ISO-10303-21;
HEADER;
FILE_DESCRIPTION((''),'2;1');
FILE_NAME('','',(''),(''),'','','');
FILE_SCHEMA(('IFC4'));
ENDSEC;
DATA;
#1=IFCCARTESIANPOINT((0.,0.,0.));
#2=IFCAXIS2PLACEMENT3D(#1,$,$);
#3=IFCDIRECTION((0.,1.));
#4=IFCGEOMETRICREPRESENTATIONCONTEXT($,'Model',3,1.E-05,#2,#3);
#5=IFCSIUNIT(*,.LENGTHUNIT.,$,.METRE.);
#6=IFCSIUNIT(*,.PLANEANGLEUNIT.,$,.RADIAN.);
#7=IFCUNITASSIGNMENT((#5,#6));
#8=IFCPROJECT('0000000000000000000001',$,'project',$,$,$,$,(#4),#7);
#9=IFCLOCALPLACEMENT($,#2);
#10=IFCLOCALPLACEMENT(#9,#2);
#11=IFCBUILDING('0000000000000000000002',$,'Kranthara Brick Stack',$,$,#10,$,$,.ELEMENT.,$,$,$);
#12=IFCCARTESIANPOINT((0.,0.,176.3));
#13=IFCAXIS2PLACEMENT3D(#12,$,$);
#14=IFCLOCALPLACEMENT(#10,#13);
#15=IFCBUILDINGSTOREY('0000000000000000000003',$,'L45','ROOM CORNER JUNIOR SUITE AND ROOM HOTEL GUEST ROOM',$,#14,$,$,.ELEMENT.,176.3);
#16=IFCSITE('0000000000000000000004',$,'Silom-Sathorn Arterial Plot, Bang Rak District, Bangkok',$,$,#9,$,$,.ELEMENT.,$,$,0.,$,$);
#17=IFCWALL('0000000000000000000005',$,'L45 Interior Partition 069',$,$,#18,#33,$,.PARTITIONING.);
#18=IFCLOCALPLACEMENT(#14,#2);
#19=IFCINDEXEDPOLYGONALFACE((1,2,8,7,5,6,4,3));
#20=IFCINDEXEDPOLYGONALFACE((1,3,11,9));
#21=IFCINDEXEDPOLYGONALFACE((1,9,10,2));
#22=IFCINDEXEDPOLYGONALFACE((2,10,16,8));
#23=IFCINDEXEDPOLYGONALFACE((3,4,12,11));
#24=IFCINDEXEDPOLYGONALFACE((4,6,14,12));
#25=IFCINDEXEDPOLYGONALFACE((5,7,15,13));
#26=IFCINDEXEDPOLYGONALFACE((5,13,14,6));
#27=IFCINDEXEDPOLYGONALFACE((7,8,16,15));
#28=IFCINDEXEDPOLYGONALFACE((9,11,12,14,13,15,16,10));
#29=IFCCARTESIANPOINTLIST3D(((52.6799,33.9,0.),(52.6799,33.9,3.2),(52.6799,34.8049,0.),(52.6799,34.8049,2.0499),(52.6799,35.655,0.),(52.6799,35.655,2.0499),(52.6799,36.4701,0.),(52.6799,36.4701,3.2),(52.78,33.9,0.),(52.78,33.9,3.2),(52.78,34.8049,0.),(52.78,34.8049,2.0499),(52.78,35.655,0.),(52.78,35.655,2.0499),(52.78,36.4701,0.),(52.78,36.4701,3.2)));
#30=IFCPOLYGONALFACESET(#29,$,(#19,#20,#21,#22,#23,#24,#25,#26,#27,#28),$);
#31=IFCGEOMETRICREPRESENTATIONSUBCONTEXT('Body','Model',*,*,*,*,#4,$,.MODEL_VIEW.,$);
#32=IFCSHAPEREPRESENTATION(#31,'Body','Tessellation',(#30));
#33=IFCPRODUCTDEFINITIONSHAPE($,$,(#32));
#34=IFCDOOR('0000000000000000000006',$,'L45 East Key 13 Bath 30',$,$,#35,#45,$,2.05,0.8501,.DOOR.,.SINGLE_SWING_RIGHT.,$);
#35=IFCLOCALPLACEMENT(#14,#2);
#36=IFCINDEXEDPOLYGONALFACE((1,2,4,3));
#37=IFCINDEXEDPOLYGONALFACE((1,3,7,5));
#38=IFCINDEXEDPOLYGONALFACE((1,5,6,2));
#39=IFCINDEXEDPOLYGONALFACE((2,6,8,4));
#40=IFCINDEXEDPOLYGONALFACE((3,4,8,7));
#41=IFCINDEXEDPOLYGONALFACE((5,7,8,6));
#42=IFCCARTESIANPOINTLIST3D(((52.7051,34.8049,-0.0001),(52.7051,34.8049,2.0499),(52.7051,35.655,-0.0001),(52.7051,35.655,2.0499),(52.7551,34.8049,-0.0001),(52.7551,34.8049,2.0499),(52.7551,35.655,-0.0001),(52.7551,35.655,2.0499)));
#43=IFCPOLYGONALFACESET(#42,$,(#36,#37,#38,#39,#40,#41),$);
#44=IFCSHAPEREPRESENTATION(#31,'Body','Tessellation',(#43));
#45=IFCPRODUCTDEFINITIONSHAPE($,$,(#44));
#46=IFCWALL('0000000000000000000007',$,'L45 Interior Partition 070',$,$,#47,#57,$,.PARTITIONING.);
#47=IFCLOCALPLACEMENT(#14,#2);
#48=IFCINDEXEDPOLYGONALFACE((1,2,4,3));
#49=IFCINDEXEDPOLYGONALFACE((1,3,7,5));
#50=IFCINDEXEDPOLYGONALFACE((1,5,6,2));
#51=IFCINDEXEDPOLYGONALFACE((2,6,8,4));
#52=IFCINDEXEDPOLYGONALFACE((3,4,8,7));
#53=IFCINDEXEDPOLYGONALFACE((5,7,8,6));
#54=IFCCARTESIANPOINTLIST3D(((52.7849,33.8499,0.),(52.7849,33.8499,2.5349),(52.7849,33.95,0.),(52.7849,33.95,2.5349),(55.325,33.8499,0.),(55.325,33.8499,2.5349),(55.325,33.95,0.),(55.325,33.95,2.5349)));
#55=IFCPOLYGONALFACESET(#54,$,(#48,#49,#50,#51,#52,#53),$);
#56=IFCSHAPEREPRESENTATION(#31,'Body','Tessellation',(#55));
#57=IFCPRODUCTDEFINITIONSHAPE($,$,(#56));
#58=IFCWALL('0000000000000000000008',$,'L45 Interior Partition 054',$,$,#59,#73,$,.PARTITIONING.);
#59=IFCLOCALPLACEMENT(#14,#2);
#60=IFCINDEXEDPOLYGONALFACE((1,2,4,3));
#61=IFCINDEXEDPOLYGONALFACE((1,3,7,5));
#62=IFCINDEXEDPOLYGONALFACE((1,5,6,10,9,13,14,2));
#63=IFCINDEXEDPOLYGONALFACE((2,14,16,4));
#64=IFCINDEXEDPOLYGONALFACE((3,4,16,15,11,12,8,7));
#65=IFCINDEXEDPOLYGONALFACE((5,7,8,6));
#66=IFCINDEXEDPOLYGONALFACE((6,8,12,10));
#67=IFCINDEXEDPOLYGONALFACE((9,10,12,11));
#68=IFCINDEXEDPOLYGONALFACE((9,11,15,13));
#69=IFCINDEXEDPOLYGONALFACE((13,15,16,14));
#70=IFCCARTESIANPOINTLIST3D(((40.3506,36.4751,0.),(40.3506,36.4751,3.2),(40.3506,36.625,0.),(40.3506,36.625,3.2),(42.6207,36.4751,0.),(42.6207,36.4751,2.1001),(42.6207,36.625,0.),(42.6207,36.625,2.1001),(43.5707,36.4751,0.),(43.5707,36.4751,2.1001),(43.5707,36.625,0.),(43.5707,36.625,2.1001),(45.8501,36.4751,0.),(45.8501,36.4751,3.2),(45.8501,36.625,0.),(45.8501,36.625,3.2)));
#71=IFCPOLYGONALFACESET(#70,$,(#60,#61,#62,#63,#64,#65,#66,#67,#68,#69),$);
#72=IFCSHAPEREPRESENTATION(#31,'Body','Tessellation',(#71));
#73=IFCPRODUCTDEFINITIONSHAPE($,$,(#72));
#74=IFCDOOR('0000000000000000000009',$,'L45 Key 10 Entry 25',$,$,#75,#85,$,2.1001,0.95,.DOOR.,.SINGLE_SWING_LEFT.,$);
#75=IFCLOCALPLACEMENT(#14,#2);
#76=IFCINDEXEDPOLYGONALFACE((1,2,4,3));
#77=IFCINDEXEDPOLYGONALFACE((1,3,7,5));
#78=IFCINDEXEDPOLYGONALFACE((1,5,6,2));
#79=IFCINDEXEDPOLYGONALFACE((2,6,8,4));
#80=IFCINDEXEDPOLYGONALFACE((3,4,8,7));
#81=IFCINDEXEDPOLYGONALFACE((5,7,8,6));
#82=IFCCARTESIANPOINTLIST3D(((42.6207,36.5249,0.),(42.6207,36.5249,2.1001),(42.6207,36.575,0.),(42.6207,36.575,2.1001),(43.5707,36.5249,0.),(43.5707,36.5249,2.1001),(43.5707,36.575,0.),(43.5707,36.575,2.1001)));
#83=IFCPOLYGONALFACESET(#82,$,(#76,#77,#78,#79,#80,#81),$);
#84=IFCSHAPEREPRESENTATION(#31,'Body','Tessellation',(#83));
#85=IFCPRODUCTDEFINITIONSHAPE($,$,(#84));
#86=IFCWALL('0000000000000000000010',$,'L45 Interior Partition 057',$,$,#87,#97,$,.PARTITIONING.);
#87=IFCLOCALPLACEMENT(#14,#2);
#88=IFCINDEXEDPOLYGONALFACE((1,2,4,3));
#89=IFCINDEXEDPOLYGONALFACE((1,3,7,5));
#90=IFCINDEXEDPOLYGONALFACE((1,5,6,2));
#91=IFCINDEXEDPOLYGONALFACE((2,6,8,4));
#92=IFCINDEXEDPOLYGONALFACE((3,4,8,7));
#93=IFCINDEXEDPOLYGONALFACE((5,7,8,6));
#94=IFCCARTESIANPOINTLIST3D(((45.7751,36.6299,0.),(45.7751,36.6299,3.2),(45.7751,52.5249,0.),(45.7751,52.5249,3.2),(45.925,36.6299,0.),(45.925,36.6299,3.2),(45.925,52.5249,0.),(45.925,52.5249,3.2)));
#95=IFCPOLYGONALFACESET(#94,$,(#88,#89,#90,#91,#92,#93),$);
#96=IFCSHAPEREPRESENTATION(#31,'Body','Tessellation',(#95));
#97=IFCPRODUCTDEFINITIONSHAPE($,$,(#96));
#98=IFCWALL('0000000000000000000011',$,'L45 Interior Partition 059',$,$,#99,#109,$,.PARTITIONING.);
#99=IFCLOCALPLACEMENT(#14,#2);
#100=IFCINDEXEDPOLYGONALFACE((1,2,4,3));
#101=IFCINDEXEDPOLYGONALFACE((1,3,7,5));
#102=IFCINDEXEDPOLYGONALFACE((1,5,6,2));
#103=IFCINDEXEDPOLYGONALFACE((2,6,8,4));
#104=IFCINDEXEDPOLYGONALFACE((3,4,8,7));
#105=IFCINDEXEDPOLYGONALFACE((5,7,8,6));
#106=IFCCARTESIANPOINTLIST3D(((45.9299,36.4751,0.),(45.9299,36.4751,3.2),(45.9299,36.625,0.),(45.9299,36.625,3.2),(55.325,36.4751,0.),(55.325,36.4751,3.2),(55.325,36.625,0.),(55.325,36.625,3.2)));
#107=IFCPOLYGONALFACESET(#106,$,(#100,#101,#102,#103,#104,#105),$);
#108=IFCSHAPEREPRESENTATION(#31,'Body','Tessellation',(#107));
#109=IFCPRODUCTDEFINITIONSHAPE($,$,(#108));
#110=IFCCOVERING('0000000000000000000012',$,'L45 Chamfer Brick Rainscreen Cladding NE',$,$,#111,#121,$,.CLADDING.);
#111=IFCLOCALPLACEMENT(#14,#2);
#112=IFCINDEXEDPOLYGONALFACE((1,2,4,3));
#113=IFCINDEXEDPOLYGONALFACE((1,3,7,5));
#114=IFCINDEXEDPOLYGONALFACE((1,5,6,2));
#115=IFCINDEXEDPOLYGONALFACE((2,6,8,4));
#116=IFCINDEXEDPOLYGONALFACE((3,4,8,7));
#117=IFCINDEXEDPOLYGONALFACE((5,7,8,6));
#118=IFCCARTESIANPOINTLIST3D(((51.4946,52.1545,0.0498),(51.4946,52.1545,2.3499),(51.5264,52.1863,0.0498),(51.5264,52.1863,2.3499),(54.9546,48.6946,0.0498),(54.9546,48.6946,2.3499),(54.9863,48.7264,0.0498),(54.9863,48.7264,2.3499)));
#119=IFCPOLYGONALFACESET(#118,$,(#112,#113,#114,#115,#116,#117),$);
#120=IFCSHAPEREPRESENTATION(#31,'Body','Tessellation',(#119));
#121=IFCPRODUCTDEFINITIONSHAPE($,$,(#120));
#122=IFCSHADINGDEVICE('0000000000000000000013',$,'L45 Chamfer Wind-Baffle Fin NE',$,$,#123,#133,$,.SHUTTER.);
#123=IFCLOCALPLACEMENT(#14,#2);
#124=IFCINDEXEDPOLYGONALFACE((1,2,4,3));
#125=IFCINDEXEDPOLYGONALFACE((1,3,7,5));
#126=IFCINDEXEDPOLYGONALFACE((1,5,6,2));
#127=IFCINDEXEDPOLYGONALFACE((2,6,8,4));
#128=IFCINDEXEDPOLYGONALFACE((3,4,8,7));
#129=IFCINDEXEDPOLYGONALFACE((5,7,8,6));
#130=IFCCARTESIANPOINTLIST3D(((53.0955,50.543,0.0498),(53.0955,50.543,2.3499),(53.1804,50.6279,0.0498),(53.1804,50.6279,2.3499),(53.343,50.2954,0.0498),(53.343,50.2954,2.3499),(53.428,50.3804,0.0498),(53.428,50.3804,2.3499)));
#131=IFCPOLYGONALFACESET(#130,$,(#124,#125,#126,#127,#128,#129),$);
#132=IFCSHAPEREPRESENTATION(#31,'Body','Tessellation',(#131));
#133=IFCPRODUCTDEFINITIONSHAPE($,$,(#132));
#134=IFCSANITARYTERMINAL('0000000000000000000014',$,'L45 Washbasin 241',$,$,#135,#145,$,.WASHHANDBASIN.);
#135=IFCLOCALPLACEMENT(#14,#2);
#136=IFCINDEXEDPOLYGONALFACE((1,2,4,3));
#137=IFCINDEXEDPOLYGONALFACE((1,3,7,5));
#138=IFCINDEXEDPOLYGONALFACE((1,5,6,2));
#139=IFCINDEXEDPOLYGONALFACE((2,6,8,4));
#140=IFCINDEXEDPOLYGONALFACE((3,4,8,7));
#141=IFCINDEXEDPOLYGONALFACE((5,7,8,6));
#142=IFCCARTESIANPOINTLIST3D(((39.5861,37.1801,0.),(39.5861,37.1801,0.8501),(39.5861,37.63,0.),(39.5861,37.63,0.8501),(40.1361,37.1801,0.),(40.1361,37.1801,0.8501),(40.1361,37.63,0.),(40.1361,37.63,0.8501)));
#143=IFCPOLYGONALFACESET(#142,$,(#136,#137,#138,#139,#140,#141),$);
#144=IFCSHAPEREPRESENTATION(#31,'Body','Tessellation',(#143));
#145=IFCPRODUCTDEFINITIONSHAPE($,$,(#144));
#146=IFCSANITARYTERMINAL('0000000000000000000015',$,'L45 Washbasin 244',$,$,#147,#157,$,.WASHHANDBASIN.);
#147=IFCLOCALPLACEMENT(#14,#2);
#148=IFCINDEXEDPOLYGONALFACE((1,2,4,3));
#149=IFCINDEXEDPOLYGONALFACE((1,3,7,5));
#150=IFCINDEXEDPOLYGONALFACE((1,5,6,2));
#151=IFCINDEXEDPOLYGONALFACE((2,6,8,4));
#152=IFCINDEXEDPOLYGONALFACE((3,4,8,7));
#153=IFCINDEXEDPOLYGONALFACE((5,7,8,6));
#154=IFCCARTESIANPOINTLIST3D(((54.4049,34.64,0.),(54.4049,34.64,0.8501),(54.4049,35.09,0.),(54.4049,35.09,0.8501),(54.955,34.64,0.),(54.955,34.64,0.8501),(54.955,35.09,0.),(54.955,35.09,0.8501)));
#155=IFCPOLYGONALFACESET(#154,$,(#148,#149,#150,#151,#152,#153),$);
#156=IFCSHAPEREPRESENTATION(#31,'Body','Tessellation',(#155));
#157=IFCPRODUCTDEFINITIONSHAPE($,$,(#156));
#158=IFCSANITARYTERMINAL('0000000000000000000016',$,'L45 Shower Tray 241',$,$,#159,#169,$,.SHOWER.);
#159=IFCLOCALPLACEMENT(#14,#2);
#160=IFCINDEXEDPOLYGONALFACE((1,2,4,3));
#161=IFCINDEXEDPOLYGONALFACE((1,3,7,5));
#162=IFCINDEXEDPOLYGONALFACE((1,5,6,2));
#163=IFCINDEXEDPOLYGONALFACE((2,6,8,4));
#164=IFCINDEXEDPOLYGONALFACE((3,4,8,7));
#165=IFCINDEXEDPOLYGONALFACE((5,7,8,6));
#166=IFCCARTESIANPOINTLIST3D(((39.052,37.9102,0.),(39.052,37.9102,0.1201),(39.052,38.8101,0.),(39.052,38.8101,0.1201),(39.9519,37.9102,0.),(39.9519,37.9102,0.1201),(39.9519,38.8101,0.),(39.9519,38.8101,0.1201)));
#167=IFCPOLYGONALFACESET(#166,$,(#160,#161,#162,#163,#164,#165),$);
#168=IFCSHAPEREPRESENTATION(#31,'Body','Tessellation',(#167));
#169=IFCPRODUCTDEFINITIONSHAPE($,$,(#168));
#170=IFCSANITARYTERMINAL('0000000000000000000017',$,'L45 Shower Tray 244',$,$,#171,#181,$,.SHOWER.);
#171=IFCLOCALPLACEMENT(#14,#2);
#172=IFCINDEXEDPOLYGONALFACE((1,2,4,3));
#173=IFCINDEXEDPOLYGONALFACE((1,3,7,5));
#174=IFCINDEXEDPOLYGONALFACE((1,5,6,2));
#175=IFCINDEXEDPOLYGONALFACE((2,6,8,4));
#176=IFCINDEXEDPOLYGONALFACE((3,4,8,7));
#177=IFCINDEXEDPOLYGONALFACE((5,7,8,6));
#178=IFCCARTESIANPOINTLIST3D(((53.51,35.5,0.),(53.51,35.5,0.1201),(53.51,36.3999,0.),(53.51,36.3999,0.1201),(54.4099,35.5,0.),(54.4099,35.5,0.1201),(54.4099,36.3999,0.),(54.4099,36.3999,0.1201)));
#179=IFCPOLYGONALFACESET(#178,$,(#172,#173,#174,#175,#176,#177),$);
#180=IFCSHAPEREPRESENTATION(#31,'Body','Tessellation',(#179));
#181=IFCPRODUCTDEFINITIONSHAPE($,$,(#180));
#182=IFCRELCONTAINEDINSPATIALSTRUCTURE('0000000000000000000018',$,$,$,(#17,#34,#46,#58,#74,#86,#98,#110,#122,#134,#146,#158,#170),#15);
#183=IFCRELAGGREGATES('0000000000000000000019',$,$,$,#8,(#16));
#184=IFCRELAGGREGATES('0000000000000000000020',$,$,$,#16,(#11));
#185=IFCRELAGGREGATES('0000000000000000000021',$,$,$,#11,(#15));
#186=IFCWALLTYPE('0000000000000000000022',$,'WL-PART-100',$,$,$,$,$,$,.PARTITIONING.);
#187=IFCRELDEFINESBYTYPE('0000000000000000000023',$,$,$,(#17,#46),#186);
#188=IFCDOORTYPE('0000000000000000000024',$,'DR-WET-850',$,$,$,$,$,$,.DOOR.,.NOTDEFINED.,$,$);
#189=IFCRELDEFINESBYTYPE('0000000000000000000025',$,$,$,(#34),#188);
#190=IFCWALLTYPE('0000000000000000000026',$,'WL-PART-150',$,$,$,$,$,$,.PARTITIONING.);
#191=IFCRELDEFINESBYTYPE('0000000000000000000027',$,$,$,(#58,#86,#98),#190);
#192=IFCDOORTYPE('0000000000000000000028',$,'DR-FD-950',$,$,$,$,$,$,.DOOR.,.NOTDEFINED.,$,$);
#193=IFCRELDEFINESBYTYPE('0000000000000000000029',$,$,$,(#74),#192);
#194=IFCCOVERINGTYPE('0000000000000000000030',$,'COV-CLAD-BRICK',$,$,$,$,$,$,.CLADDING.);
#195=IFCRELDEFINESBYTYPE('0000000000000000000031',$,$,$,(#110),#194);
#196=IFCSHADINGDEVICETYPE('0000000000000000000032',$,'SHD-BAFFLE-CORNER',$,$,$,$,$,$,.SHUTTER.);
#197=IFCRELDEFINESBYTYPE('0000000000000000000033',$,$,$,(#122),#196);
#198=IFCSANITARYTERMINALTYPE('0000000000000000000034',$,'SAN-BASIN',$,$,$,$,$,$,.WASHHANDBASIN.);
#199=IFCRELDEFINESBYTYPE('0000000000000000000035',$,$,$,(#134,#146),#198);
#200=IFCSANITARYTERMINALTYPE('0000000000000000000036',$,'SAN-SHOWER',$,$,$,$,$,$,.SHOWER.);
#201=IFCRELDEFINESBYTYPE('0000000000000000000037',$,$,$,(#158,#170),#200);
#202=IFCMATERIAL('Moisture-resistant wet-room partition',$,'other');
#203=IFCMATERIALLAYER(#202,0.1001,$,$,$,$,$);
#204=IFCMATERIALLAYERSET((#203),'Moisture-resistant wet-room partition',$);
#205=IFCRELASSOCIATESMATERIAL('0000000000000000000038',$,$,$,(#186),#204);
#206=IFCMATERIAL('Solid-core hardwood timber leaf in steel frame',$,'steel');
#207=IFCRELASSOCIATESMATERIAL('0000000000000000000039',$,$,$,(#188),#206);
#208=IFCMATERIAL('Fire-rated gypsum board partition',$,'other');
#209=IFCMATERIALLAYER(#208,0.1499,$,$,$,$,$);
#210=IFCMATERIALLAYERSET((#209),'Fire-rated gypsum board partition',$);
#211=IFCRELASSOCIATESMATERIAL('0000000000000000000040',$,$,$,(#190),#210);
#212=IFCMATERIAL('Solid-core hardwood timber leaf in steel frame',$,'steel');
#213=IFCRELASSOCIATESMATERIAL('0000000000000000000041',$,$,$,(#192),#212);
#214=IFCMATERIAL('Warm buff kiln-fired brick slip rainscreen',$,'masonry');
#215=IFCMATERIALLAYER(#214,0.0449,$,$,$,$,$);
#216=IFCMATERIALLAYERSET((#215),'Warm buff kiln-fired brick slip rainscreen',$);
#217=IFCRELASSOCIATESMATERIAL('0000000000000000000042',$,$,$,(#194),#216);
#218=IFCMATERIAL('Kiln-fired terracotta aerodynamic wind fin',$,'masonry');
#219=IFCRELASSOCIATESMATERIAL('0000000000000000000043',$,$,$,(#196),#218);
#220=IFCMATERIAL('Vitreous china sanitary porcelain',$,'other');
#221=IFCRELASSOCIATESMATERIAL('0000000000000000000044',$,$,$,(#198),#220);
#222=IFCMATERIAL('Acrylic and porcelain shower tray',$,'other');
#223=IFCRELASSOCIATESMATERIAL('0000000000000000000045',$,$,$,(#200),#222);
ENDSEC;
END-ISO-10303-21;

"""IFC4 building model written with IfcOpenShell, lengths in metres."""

from ifc_helpers import new_model, si_unit, direction, frame, frame_2d, origin, origin_2d, place, context, subcontext, project, spatial, rectangle, extrude, material, layer, layer_set, type_object, element, fill, save


model = new_model("IFC4")

# Units and contexts
model_context = context("Model", 3, precision=1e-05, world=origin(), true_north=direction((0.0, 1.0)))
body_context = subcontext(model_context, "Body", "Model", "MODEL_VIEW")
ifc_project = project(units=[si_unit("LENGTHUNIT", "METRE"), si_unit("PLANEANGLEUNIT", "RADIAN")], contexts=[model_context])

# Site, building, storey
site_placement = place(None, origin())
site = spatial("IfcSite", under=ifc_project, at=site_placement, Name="Silom-Sathorn Arterial Plot, Bang Rak District, Bangkok", CompositionType="ELEMENT", RefElevation=0.0)
building_placement = place(site_placement, origin())
building = spatial("IfcBuilding", under=site, at=building_placement, Name="Kranthara Brick Stack", CompositionType="ELEMENT")
storey_placement = place(building_placement, frame((0.0, 0.0, 176.3)))
storey = spatial("IfcBuildingStorey", under=building, at=storey_placement, Name="L45", Description="ROOM CORNER JUNIOR SUITE AND ROOM HOTEL GUEST ROOM", CompositionType="ELEMENT", Elevation=176.3)

# Wall, opening, door
ifc_material_1 = material(Name="Moisture-resistant wet-room partition", Category="other")
ifc_layer_1 = layer(ifc_material_1, 0.1001)
ifc_layer_set_1 = layer_set([ifc_layer_1], Name="Moisture-resistant wet-room partition")
wall_type_1 = type_object("IfcWallType", Name="WL-PART-100", PredefinedType="PARTITIONING", material=ifc_layer_set_1)
ifc_material_2 = material(Name="Solid-core hardwood timber leaf in steel frame", Category="steel")
door_type_1 = type_object("IfcDoorType", Name="DR-WET-850", OperationType="NOTDEFINED", PredefinedType="DOOR", material=ifc_material_2)
wall_1_placement = place(storey_placement, frame((52.73, 33.8999, 0.0), z_axis=(0.0, 0.0, 1.0), x_axis=(0.0, 1.0, 0.0)))
wall_1 = element("IfcWall", 1, at=wall_1_placement, inside=storey, type_object=wall_type_1, Name="L45 Interior Partition 069", PredefinedType="PARTITIONING", context=body_context, shape_type="SweptSolid", body=[
    extrude(rectangle(XDim=2.5701, YDim=0.1001, at=frame_2d((1.2852, 0.0))), origin(), (0.0, 0.0, 1.0), 3.2),
])
opening_1_placement = place(wall_1_placement, frame((0.905, 0.0, 0.0)))
opening_1 = element("IfcOpeningElement", 2, at=opening_1_placement, cuts=wall_1, PredefinedType="OPENING", context=body_context, shape_type="SweptSolid", body=[
    extrude(rectangle(XDim=0.8501, YDim=2.05, at=frame_2d((0.425, 1.0249))), frame((0.0, 0.0601, 0.0), z_axis=(0.0, -1.0, 0.0), x_axis=(1.0, 0.0, 0.0)), (0.0, 0.0, 1.0), 0.1201),
])
door_1_placement = place(opening_1_placement, origin())
door_1 = element("IfcDoor", 3, at=door_1_placement, inside=storey, type_object=door_type_1, Name="L45 East Key 13 Bath 30", OperationType="SINGLE_SWING_RIGHT", OverallHeight=2.05, OverallWidth=0.8501, PredefinedType="DOOR", context=body_context, shape_type="SweptSolid", body=[
    extrude(rectangle(XDim=0.8501, YDim=2.05, at=frame_2d((0.425, 1.0249))), frame((0.0, 0.0249, 0.0), z_axis=(0.0, -1.0, 0.0), x_axis=(1.0, 0.0, 0.0)), (0.0, 0.0, 1.0), 0.05),
])
fill(opening_1, door_1)

# Wall
wall_2_placement = place(storey_placement, frame((52.7849, 33.8999, 0.0), z_axis=(0.0, 0.0, 1.0), x_axis=(1.0, 0.0, 0.0)))
element("IfcWall", 4, at=wall_2_placement, inside=storey, type_object=wall_type_1, Name="L45 Interior Partition 070", PredefinedType="PARTITIONING", context=body_context, shape_type="SweptSolid", body=[
    extrude(rectangle(XDim=2.54, YDim=0.1001, at=frame_2d((1.27, 0.0))), origin(), (0.0, 0.0, 1.0), 2.5349),
])

# Wall, opening, door
ifc_material_3 = material(Name="Fire-rated gypsum board partition", Category="other")
ifc_layer_2 = layer(ifc_material_3, 0.1499)
ifc_layer_set_2 = layer_set([ifc_layer_2], Name="Fire-rated gypsum board partition")
wall_type_2 = type_object("IfcWallType", Name="WL-PART-150", PredefinedType="PARTITIONING", material=ifc_layer_set_2)
wall_3_placement = place(storey_placement, frame((40.3506, 36.55, 0.0), z_axis=(0.0, 0.0, 1.0), x_axis=(1.0, 0.0, 0.0)))
wall_3 = element("IfcWall", 5, at=wall_3_placement, inside=storey, type_object=wall_type_2, Name="L45 Interior Partition 054", PredefinedType="PARTITIONING", context=body_context, shape_type="SweptSolid", body=[
    extrude(rectangle(XDim=5.4995, YDim=0.1499, at=frame_2d((2.7498, 0.0))), origin(), (0.0, 0.0, 1.0), 3.2),
])
opening_2_placement = place(wall_3_placement, frame((2.27, 0.0, 0.0)))
opening_2 = element("IfcOpeningElement", 6, at=opening_2_placement, cuts=wall_3, PredefinedType="OPENING", context=body_context, shape_type="SweptSolid", body=[
    extrude(rectangle(XDim=0.95, YDim=2.1001, at=frame_2d((0.4751, 1.05))), frame((0.0, 0.085, 0.0), z_axis=(0.0, -1.0, 0.0), x_axis=(1.0, 0.0, 0.0)), (0.0, 0.0, 1.0), 0.1699),
])
ifc_material_4 = material(Name="Solid-core hardwood timber leaf in steel frame", Category="steel")
door_type_2 = type_object("IfcDoorType", Name="DR-FD-950", OperationType="NOTDEFINED", PredefinedType="DOOR", material=ifc_material_4)
door_2_placement = place(opening_2_placement, origin())
door_2 = element("IfcDoor", 7, at=door_2_placement, inside=storey, type_object=door_type_2, Name="L45 Key 10 Entry 25", OperationType="SINGLE_SWING_LEFT", OverallHeight=2.1001, OverallWidth=0.95, PredefinedType="DOOR", context=body_context, shape_type="SweptSolid", body=[
    extrude(rectangle(XDim=0.95, YDim=2.1001, at=frame_2d((0.4751, 1.05))), frame((0.0, 0.0249, 0.0), z_axis=(0.0, -1.0, 0.0), x_axis=(1.0, 0.0, 0.0)), (0.0, 0.0, 1.0), 0.05),
])
fill(opening_2, door_2)

# Walls
wall_4_placement = place(storey_placement, frame((45.8501, 36.6299, 0.0), z_axis=(0.0, 0.0, 1.0), x_axis=(0.0, 1.0, 0.0)))
element("IfcWall", 8, at=wall_4_placement, inside=storey, type_object=wall_type_2, Name="L45 Interior Partition 057", PredefinedType="PARTITIONING", context=body_context, shape_type="SweptSolid", body=[
    extrude(rectangle(XDim=15.895, YDim=0.1499, at=frame_2d((7.9475, 0.0))), origin(), (0.0, 0.0, 1.0), 3.2),
])
wall_5_placement = place(storey_placement, frame((45.9299, 36.55, 0.0), z_axis=(0.0, 0.0, 1.0), x_axis=(1.0, 0.0, 0.0)))
element("IfcWall", 9, at=wall_5_placement, inside=storey, type_object=wall_type_2, Name="L45 Interior Partition 059", PredefinedType="PARTITIONING", context=body_context, shape_type="SweptSolid", body=[
    extrude(rectangle(XDim=9.395, YDim=0.1499, at=frame_2d((4.6975, 0.0))), origin(), (0.0, 0.0, 1.0), 3.2),
])

# Covering
ifc_material_5 = material(Name="Warm buff kiln-fired brick slip rainscreen", Category="masonry")
ifc_layer_3 = layer(ifc_material_5, 0.0449)
ifc_layer_set_3 = layer_set([ifc_layer_3], Name="Warm buff kiln-fired brick slip rainscreen")
covering_type = type_object("IfcCoveringType", Name="COV-CLAD-BRICK", PredefinedType="CLADDING", material=ifc_layer_set_3)
covering_placement = place(storey_placement, frame((53.2405, 50.4404, 0.0498), z_axis=(0.0, 0.0, 1.0), x_axis=(0.707107, -0.707107, 0.0)))
element("IfcCovering", 10, at=covering_placement, inside=storey, type_object=covering_type, Name="L45 Chamfer Brick Rainscreen Cladding NE", PredefinedType="CLADDING", context=body_context, shape_type="SweptSolid", body=[
    extrude(rectangle(XDim=4.8931, YDim=0.0449, at=origin_2d()), origin(), (0.0, 0.0, 1.0), 2.3),
])

# Shading device
ifc_material_6 = material(Name="Kiln-fired terracotta aerodynamic wind fin", Category="masonry")
shading_device_type = type_object("IfcShadingDeviceType", Name="SHD-BAFFLE-CORNER", PredefinedType="SHUTTER", material=ifc_material_6)
shading_device_placement = place(storey_placement, frame((53.2617, 50.4617, 0.0498), z_axis=(0.0, 0.0, 1.0), x_axis=(0.707107, -0.707107, 0.0)))
element("IfcShadingDevice", 11, at=shading_device_placement, inside=storey, type_object=shading_device_type, Name="L45 Chamfer Wind-Baffle Fin NE", PredefinedType="SHUTTER", context=body_context, shape_type="SweptSolid", body=[
    extrude(rectangle(XDim=0.3501, YDim=0.1201, at=origin_2d()), origin(), (0.0, 0.0, 1.0), 2.3),
])

# Sanitary terminals
ifc_material_7 = material(Name="Vitreous china sanitary porcelain", Category="other")
sanitary_terminal_type_1 = type_object("IfcSanitaryTerminalType", Name="SAN-BASIN", PredefinedType="WASHHANDBASIN", material=ifc_material_7)
for number, where, z_axis, x_axis, name in (
    (12, (39.8611, 37.405, 0.0), (0.0, 0.0, 1.0), (1.0, 0.0, 0.0), "L45 Washbasin 241"),
    (13, (54.6799, 34.865, 0.0), (0.0, 0.0, 1.0), (1.0, 0.0, 0.0), "L45 Washbasin 244"),
):
    element("IfcSanitaryTerminal", number, at=place(storey_placement, frame(where, z_axis=z_axis, x_axis=x_axis)), inside=storey, type_object=sanitary_terminal_type_1, Name=name, PredefinedType="WASHHANDBASIN", context=body_context, shape_type="SweptSolid", body=[
        extrude(rectangle(XDim=0.55, YDim=0.45, at=origin_2d()), origin(), (0.0, 0.0, 1.0), 0.8501),
    ])
ifc_material_8 = material(Name="Acrylic and porcelain shower tray", Category="other")
sanitary_terminal_type_2 = type_object("IfcSanitaryTerminalType", Name="SAN-SHOWER", PredefinedType="SHOWER", material=ifc_material_8)
for number, where, z_axis, x_axis, name in (
    (14, (39.502, 38.3601, 0.0), (0.0, 0.0, 1.0), (1.0, 0.0, 0.0), "L45 Shower Tray 241"),
    (15, (53.96, 35.95, 0.0), (0.0, 0.0, 1.0), (1.0, 0.0, 0.0), "L45 Shower Tray 244"),
):
    element("IfcSanitaryTerminal", number, at=place(storey_placement, frame(where, z_axis=z_axis, x_axis=x_axis)), inside=storey, type_object=sanitary_terminal_type_2, Name=name, PredefinedType="SHOWER", context=body_context, shape_type="SweptSolid", body=[
        extrude(rectangle(XDim=0.8999, YDim=0.8999, at=origin_2d()), origin(), (0.0, 0.0, 1.0), 0.1201),
    ])

save(model, "model.ifc")
